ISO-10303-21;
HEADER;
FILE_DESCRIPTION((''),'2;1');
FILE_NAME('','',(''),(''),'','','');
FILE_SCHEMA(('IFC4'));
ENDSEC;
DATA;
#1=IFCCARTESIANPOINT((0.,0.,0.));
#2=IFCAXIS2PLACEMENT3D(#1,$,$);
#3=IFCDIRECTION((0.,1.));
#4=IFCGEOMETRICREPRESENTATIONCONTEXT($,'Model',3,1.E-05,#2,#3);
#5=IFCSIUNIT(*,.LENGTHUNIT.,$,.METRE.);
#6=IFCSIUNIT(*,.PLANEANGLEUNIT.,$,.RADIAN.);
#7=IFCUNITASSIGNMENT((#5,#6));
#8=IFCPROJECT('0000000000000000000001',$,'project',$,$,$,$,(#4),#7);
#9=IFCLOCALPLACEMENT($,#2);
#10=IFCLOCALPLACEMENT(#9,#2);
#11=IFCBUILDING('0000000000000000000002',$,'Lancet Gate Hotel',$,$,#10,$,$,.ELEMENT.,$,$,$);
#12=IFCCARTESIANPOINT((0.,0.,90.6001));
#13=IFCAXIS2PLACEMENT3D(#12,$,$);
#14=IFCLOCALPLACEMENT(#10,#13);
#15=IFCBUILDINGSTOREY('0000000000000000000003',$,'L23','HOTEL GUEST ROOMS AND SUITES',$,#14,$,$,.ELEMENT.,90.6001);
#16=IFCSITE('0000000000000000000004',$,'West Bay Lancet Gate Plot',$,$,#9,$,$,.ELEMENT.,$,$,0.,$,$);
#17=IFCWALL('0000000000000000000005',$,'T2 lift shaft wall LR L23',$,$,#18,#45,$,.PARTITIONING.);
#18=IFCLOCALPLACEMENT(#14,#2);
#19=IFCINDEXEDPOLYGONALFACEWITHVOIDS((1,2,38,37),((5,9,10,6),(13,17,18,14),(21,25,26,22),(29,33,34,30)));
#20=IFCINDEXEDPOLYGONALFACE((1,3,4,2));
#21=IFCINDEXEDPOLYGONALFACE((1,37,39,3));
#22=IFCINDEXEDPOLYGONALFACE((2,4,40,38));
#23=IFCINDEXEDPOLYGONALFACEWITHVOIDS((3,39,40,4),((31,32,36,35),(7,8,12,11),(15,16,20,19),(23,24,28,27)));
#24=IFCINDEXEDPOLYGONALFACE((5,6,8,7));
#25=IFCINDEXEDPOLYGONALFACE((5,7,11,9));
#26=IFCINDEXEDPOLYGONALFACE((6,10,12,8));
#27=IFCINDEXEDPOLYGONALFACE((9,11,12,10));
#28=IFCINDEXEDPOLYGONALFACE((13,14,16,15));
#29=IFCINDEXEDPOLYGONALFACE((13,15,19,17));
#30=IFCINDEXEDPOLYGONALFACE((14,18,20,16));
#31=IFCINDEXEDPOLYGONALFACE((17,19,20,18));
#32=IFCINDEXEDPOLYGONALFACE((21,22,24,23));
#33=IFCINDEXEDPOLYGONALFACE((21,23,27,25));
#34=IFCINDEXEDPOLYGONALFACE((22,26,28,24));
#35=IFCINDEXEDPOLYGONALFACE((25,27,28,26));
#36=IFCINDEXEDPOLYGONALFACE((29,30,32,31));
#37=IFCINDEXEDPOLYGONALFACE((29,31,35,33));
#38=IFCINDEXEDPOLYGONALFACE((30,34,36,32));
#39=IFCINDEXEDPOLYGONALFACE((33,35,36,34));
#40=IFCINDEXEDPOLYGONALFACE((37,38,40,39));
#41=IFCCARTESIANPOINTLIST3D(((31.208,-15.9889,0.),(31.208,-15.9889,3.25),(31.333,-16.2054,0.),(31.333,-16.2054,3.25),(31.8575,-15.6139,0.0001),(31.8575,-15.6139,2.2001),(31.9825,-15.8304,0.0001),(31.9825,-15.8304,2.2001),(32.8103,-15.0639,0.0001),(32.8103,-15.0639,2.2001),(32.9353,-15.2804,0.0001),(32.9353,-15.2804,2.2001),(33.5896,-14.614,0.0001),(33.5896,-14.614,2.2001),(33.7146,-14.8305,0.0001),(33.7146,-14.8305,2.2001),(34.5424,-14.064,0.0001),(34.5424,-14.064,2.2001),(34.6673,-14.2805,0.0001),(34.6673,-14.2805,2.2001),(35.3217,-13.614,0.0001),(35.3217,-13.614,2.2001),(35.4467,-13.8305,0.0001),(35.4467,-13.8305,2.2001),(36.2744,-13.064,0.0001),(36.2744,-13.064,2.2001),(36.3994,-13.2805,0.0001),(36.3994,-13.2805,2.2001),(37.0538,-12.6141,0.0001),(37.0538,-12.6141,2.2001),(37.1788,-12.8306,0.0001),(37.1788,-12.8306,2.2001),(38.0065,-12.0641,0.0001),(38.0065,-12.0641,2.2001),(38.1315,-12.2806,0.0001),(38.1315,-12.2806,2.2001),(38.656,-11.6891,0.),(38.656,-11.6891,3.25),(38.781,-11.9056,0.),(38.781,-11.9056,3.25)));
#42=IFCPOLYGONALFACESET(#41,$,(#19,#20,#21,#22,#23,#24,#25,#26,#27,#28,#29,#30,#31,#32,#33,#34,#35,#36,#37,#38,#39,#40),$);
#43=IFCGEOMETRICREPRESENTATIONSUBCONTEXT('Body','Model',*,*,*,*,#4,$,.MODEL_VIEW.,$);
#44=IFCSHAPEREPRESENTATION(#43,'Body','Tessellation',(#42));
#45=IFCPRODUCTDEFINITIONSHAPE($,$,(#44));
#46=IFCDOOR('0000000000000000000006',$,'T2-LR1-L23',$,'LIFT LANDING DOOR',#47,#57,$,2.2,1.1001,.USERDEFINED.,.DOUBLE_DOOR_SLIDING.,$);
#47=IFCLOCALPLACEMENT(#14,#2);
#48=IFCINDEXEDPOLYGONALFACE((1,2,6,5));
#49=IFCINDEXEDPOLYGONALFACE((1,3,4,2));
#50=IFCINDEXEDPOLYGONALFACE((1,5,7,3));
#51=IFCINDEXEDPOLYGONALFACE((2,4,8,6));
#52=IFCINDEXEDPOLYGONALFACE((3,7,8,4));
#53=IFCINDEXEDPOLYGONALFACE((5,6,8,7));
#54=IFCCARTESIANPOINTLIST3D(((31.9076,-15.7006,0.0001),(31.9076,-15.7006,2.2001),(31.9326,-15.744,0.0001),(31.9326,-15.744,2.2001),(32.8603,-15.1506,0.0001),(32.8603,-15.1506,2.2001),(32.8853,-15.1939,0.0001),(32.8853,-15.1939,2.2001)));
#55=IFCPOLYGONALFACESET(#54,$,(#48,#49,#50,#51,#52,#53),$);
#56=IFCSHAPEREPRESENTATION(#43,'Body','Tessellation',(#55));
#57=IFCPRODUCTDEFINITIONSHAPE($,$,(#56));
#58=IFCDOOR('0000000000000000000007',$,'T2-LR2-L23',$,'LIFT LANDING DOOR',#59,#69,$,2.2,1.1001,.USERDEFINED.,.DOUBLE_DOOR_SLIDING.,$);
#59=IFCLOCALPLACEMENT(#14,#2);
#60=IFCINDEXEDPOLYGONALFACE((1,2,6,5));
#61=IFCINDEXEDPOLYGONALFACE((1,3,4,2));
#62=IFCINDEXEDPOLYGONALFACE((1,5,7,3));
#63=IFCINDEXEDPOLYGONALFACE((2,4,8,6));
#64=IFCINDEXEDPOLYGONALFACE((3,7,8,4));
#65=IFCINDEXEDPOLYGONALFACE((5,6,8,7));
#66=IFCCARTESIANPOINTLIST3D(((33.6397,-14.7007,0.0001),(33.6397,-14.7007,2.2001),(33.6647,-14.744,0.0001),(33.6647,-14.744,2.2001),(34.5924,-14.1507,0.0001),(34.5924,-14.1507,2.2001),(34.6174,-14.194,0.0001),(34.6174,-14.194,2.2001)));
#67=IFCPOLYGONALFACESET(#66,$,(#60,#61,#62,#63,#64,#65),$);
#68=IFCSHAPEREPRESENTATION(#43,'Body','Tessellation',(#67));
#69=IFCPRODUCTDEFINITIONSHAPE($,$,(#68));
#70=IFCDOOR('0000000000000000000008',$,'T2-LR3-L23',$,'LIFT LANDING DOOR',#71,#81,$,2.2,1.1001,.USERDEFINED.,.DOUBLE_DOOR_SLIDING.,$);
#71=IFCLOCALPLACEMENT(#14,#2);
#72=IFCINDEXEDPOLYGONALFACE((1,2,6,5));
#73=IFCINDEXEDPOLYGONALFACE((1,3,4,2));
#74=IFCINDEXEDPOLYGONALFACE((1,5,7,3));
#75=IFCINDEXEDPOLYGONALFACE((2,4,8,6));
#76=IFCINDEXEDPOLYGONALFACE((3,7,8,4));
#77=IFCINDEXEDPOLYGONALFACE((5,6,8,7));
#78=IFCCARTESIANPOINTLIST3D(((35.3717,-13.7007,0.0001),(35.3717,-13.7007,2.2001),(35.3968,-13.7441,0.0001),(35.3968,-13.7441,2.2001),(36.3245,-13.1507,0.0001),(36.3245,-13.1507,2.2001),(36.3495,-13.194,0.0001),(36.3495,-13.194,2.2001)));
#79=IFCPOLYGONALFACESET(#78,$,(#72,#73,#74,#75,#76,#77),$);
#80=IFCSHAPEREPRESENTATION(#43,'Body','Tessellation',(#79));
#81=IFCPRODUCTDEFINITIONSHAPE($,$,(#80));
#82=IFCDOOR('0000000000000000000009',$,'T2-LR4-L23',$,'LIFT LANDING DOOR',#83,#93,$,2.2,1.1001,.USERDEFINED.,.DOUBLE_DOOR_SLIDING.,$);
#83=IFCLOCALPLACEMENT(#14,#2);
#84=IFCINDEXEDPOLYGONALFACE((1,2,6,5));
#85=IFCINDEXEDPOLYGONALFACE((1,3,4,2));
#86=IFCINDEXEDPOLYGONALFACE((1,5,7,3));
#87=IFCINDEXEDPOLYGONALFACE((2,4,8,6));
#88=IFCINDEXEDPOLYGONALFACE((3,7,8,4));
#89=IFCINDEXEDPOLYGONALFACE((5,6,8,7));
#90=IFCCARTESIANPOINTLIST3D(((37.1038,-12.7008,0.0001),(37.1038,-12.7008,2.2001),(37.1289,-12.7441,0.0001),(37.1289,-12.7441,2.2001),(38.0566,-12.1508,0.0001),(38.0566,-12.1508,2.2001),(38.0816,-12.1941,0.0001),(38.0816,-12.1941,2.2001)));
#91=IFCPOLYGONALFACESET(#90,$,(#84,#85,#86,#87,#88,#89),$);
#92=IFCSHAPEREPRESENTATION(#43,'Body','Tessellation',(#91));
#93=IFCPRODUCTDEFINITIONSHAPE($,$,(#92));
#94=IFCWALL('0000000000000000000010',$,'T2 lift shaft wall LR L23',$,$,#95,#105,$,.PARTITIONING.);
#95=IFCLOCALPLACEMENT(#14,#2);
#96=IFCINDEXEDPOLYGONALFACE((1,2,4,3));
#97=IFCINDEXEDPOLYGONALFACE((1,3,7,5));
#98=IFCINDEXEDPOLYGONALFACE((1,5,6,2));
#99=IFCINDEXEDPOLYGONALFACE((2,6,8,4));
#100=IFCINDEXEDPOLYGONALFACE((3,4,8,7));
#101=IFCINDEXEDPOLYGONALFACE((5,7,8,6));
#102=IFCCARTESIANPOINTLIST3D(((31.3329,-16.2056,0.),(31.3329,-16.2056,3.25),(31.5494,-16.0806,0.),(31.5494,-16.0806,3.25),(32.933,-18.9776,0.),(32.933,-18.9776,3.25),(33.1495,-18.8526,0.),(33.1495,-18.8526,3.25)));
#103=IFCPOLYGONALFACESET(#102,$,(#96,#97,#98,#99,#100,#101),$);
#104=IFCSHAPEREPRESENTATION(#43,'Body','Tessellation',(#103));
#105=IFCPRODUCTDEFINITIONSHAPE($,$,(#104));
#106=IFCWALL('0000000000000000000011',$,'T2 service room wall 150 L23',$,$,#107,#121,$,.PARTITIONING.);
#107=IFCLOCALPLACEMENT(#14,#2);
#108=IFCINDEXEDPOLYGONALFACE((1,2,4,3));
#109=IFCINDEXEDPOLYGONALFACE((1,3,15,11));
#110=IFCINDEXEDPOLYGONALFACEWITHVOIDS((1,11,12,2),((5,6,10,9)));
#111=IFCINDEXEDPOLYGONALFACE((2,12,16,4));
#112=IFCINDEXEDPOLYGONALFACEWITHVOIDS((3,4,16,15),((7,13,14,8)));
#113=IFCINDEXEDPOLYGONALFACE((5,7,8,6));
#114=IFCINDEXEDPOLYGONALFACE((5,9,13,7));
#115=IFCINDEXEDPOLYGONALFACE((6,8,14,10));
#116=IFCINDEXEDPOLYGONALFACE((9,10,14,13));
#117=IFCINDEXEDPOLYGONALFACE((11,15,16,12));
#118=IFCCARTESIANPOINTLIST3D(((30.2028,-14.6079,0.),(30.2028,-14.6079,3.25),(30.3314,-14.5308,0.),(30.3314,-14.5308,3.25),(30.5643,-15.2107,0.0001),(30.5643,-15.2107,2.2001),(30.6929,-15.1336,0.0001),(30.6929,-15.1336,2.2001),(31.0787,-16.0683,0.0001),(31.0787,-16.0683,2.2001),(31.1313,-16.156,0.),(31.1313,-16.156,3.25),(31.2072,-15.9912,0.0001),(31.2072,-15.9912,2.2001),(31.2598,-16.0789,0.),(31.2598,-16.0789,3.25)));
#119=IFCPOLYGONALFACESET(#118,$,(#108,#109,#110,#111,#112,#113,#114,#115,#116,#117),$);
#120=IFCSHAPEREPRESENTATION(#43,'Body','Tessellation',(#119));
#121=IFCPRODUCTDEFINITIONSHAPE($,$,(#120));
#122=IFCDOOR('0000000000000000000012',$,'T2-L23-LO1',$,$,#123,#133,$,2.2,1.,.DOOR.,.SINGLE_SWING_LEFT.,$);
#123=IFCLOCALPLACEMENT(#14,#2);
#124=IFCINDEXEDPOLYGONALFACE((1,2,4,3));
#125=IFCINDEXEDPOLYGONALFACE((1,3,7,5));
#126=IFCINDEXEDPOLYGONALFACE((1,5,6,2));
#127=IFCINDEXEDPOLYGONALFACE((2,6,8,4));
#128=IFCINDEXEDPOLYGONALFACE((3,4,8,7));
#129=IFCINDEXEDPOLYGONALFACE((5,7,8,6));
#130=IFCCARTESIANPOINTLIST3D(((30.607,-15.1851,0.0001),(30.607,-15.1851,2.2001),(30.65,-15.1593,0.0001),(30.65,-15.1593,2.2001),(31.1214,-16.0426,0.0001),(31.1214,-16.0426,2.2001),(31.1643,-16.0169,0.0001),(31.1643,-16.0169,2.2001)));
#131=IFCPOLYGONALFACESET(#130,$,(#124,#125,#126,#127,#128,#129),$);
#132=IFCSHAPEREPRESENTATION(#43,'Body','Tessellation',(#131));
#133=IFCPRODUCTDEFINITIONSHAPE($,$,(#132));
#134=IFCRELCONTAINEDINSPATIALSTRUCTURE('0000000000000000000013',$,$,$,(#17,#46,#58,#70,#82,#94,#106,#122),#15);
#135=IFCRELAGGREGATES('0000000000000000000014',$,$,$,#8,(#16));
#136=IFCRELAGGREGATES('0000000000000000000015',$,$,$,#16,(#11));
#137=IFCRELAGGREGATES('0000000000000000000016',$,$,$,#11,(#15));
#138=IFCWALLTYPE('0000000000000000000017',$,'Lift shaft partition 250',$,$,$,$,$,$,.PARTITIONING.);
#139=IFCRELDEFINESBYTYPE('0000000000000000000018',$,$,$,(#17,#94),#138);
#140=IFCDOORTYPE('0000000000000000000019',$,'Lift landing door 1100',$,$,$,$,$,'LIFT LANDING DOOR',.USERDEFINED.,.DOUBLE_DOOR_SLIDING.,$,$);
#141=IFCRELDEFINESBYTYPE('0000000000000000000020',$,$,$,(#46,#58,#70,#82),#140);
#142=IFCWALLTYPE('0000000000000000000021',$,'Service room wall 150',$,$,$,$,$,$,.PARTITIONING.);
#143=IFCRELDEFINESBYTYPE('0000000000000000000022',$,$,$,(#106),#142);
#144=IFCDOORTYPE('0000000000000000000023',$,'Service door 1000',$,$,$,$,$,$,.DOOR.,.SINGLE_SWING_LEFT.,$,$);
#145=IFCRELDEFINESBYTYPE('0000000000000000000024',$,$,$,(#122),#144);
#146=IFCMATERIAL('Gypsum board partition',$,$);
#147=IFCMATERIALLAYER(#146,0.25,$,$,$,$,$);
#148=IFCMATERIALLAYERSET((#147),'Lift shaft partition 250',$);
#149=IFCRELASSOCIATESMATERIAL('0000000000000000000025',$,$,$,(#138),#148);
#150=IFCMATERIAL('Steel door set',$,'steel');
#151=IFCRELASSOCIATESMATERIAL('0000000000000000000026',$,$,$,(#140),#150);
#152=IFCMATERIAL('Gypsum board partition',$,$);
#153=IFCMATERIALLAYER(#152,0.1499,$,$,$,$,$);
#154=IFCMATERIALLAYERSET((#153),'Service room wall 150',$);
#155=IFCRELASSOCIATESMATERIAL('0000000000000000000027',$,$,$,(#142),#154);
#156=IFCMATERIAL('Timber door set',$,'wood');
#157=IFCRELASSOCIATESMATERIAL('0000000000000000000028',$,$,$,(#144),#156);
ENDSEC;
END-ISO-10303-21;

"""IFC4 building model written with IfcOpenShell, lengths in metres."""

from ifc_helpers import new_model, si_unit, direction, frame, frame_2d, origin, place, context, subcontext, project, spatial, rectangle, extrude, material, layer, layer_set, type_object, element, fill, save


model = new_model("IFC4")

# Units and contexts
model_context = context("Model", 3, precision=1e-05, world=origin(), true_north=direction((0.0, 1.0)))
body_context = subcontext(model_context, "Body", "Model", "MODEL_VIEW")
ifc_project = project(units=[si_unit("LENGTHUNIT", "METRE"), si_unit("PLANEANGLEUNIT", "RADIAN")], contexts=[model_context])

# Site, building, storey
site_placement = place(None, origin())
site = spatial("IfcSite", under=ifc_project, at=site_placement, Name="West Bay Lancet Gate Plot", CompositionType="ELEMENT", RefElevation=0.0)
building_placement = place(site_placement, origin())
building = spatial("IfcBuilding", under=site, at=building_placement, Name="Lancet Gate Hotel", CompositionType="ELEMENT")
storey_placement = place(building_placement, frame((0.0, 0.0, 90.6001)))
storey = spatial("IfcBuildingStorey", under=building, at=storey_placement, Name="L23", Description="HOTEL GUEST ROOMS AND SUITES", CompositionType="ELEMENT", Elevation=90.6001)

# Wall, openings, doors
ifc_material_1 = material(Name="Gypsum board partition")
ifc_layer_1 = layer(ifc_material_1, 0.25)
ifc_layer_set_1 = layer_set([ifc_layer_1], Name="Lift shaft partition 250")
wall_type_1 = type_object("IfcWallType", Name="Lift shaft partition 250", PredefinedType="PARTITIONING", material=ifc_layer_set_1)
wall_1_placement = place(storey_placement, frame((31.2705, -16.0972, 0.0), z_axis=(0.0, 0.0, 1.0), x_axis=(0.86604, 0.499974, 0.0)))
wall_1 = element("IfcWall", 1, at=wall_1_placement, inside=storey, type_object=wall_type_1, Name="T2 lift shaft wall LR L23", PredefinedType="PARTITIONING", context=body_context, shape_type="SweptSolid", body=[
    extrude(rectangle(XDim=8.6001, YDim=0.25, at=frame_2d((4.3, 0.0))), origin(), (0.0, 0.0, 1.0), 3.25),
])
opening_1_placement = place(wall_1_placement, frame((0.75, 0.0, 0.0)))
opening_1 = element("IfcOpeningElement", 2, at=opening_1_placement, cuts=wall_1, PredefinedType="OPENING", context=body_context, shape_type="SweptSolid", body=[
    extrude(rectangle(XDim=1.1001, YDim=2.2, at=frame_2d((0.55, 1.1001))), frame((0.0, 0.135, 0.0), z_axis=(0.0, -1.0, 0.0), x_axis=(1.0, 0.0, 0.0)), (0.0, 0.0, 1.0), 0.27),
])
opening_2_placement = place(wall_1_placement, frame((2.75, 0.0, 0.0)))
opening_2 = element("IfcOpeningElement", 3, at=opening_2_placement, cuts=wall_1, PredefinedType="OPENING", context=body_context, shape_type="SweptSolid", body=[
    extrude(rectangle(XDim=1.1001, YDim=2.2, at=frame_2d((0.55, 1.1001))), frame((0.0, 0.135, 0.0), z_axis=(0.0, -1.0, 0.0), x_axis=(1.0, 0.0, 0.0)), (0.0, 0.0, 1.0), 0.27),
])
opening_3_placement = place(wall_1_placement, frame((4.75, 0.0, 0.0)))
opening_3 = element("IfcOpeningElement", 4, at=opening_3_placement, cuts=wall_1, PredefinedType="OPENING", context=body_context, shape_type="SweptSolid", body=[
    extrude(rectangle(XDim=1.1001, YDim=2.2, at=frame_2d((0.55, 1.1001))), frame((0.0, 0.135, 0.0), z_axis=(0.0, -1.0, 0.0), x_axis=(1.0, 0.0, 0.0)), (0.0, 0.0, 1.0), 0.27),
])
opening_4_placement = place(wall_1_placement, frame((6.75, 0.0, 0.0)))
opening_4 = element("IfcOpeningElement", 5, at=opening_4_placement, cuts=wall_1, PredefinedType="OPENING", context=body_context, shape_type="SweptSolid", body=[
    extrude(rectangle(XDim=1.1001, YDim=2.2, at=frame_2d((0.55, 1.1001))), frame((0.0, 0.135, 0.0), z_axis=(0.0, -1.0, 0.0), x_axis=(1.0, 0.0, 0.0)), (0.0, 0.0, 1.0), 0.27),
])
ifc_material_2 = material(Name="Steel door set", Category="steel")
door_type_1 = type_object("IfcDoorType", Name="Lift landing door 1100", ElementType="LIFT LANDING DOOR", OperationType="DOUBLE_DOOR_SLIDING", PredefinedType="USERDEFINED", material=ifc_material_2)
door_1_placement = place(opening_1_placement, origin())
door_1 = element("IfcDoor", 6, at=door_1_placement, inside=storey, type_object=door_type_1, Name="T2-LR1-L23", ObjectType="LIFT LANDING DOOR", OperationType="DOUBLE_DOOR_SLIDING", OverallHeight=2.2, OverallWidth=1.1001, PredefinedType="USERDEFINED", context=body_context, shape_type="SweptSolid", body=[
    extrude(rectangle(XDim=1.1001, YDim=2.2, at=frame_2d((0.55, 1.1001))), frame((0.0, 0.0249, 0.0), z_axis=(0.0, -1.0, 0.0), x_axis=(1.0, 0.0, 0.0)), (0.0, 0.0, 1.0), 0.05),
])
fill(opening_1, door_1)
door_2_placement = place(opening_2_placement, origin())
door_2 = element("IfcDoor", 7, at=door_2_placement, inside=storey, type_object=door_type_1, Name="T2-LR2-L23", ObjectType="LIFT LANDING DOOR", OperationType="DOUBLE_DOOR_SLIDING", OverallHeight=2.2, OverallWidth=1.1001, PredefinedType="USERDEFINED", context=body_context, shape_type="SweptSolid", body=[
    extrude(rectangle(XDim=1.1001, YDim=2.2, at=frame_2d((0.55, 1.1001))), frame((0.0, 0.0249, 0.0), z_axis=(0.0, -1.0, 0.0), x_axis=(1.0, 0.0, 0.0)), (0.0, 0.0, 1.0), 0.05),
])
fill(opening_2, door_2)
door_3_placement = place(opening_3_placement, origin())
door_3 = element("IfcDoor", 8, at=door_3_placement, inside=storey, type_object=door_type_1, Name="T2-LR3-L23", ObjectType="LIFT LANDING DOOR", OperationType="DOUBLE_DOOR_SLIDING", OverallHeight=2.2, OverallWidth=1.1001, PredefinedType="USERDEFINED", context=body_context, shape_type="SweptSolid", body=[
    extrude(rectangle(XDim=1.1001, YDim=2.2, at=frame_2d((0.55, 1.1001))), frame((0.0, 0.0249, 0.0), z_axis=(0.0, -1.0, 0.0), x_axis=(1.0, 0.0, 0.0)), (0.0, 0.0, 1.0), 0.05),
])
fill(opening_3, door_3)
door_4_placement = place(opening_4_placement, origin())
door_4 = element("IfcDoor", 9, at=door_4_placement, inside=storey, type_object=door_type_1, Name="T2-LR4-L23", ObjectType="LIFT LANDING DOOR", OperationType="DOUBLE_DOOR_SLIDING", OverallHeight=2.2, OverallWidth=1.1001, PredefinedType="USERDEFINED", context=body_context, shape_type="SweptSolid", body=[
    extrude(rectangle(XDim=1.1001, YDim=2.2, at=frame_2d((0.55, 1.1001))), frame((0.0, 0.0249, 0.0), z_axis=(0.0, -1.0, 0.0), x_axis=(1.0, 0.0, 0.0)), (0.0, 0.0, 1.0), 0.05),
])
fill(opening_4, door_4)

# Wall
wall_2_placement = place(storey_placement, frame((31.4412, -16.1431, 0.0), z_axis=(0.0, 0.0, 1.0), x_axis=(0.499929, -0.866066, 0.0)))
element("IfcWall", 10, at=wall_2_placement, inside=storey, type_object=wall_type_1, Name="T2 lift shaft wall LR L23", PredefinedType="PARTITIONING", context=body_context, shape_type="SweptSolid", body=[
    extrude(rectangle(XDim=3.2007, YDim=0.25, at=frame_2d((1.6003, 0.0))), origin(), (0.0, 0.0, 1.0), 3.25),
])

# Wall, opening, door
ifc_material_3 = material(Name="Gypsum board partition")
ifc_layer_2 = layer(ifc_material_3, 0.1499)
ifc_layer_set_2 = layer_set([ifc_layer_2], Name="Service room wall 150")
wall_type_2 = type_object("IfcWallType", Name="Service room wall 150", PredefinedType="PARTITIONING", material=ifc_layer_set_2)
wall_3_placement = place(storey_placement, frame((30.2671, -14.5693, 0.0), z_axis=(0.0, 0.0, 1.0), x_axis=(0.514337, -0.857588, 0.0)))
wall_3 = element("IfcWall", 11, at=wall_3_placement, inside=storey, type_object=wall_type_2, Name="T2 service room wall 150 L23", PredefinedType="PARTITIONING", context=body_context, shape_type="SweptSolid", body=[
    extrude(rectangle(XDim=1.8052, YDim=0.1499, at=frame_2d((0.9026, 0.0))), origin(), (0.0, 0.0, 1.0), 3.25),
])
opening_5_placement = place(wall_3_placement, frame((0.7029, 0.0, 0.0)))
opening_5 = element("IfcOpeningElement", 12, at=opening_5_placement, cuts=wall_3, PredefinedType="OPENING", context=body_context, shape_type="SweptSolid", body=[
    extrude(rectangle(XDim=1.0, YDim=2.2, at=frame_2d((0.5, 1.1001))), frame((0.0, 0.085, 0.0), z_axis=(0.0, -1.0, 0.0), x_axis=(1.0, 0.0, 0.0)), (0.0, 0.0, 1.0), 0.1699),
])
ifc_material_4 = material(Name="Timber door set", Category="wood")
door_type_2 = type_object("IfcDoorType", Name="Service door 1000", OperationType="SINGLE_SWING_LEFT", PredefinedType="DOOR", material=ifc_material_4)
door_5_placement = place(opening_5_placement, origin())
door_5 = element("IfcDoor", 13, at=door_5_placement, inside=storey, type_object=door_type_2, Name="T2-L23-LO1", OperationType="SINGLE_SWING_LEFT", OverallHeight=2.2, OverallWidth=1.0, PredefinedType="DOOR", context=body_context, shape_type="SweptSolid", body=[
    extrude(rectangle(XDim=1.0, YDim=2.2, at=frame_2d((0.5, 1.1001))), frame((0.0, 0.0249, 0.0), z_axis=(0.0, -1.0, 0.0), x_axis=(1.0, 0.0, 0.0)), (0.0, 0.0, 1.0), 0.05),
])
fill(opening_5, door_5)

save(model, "model.ifc")
